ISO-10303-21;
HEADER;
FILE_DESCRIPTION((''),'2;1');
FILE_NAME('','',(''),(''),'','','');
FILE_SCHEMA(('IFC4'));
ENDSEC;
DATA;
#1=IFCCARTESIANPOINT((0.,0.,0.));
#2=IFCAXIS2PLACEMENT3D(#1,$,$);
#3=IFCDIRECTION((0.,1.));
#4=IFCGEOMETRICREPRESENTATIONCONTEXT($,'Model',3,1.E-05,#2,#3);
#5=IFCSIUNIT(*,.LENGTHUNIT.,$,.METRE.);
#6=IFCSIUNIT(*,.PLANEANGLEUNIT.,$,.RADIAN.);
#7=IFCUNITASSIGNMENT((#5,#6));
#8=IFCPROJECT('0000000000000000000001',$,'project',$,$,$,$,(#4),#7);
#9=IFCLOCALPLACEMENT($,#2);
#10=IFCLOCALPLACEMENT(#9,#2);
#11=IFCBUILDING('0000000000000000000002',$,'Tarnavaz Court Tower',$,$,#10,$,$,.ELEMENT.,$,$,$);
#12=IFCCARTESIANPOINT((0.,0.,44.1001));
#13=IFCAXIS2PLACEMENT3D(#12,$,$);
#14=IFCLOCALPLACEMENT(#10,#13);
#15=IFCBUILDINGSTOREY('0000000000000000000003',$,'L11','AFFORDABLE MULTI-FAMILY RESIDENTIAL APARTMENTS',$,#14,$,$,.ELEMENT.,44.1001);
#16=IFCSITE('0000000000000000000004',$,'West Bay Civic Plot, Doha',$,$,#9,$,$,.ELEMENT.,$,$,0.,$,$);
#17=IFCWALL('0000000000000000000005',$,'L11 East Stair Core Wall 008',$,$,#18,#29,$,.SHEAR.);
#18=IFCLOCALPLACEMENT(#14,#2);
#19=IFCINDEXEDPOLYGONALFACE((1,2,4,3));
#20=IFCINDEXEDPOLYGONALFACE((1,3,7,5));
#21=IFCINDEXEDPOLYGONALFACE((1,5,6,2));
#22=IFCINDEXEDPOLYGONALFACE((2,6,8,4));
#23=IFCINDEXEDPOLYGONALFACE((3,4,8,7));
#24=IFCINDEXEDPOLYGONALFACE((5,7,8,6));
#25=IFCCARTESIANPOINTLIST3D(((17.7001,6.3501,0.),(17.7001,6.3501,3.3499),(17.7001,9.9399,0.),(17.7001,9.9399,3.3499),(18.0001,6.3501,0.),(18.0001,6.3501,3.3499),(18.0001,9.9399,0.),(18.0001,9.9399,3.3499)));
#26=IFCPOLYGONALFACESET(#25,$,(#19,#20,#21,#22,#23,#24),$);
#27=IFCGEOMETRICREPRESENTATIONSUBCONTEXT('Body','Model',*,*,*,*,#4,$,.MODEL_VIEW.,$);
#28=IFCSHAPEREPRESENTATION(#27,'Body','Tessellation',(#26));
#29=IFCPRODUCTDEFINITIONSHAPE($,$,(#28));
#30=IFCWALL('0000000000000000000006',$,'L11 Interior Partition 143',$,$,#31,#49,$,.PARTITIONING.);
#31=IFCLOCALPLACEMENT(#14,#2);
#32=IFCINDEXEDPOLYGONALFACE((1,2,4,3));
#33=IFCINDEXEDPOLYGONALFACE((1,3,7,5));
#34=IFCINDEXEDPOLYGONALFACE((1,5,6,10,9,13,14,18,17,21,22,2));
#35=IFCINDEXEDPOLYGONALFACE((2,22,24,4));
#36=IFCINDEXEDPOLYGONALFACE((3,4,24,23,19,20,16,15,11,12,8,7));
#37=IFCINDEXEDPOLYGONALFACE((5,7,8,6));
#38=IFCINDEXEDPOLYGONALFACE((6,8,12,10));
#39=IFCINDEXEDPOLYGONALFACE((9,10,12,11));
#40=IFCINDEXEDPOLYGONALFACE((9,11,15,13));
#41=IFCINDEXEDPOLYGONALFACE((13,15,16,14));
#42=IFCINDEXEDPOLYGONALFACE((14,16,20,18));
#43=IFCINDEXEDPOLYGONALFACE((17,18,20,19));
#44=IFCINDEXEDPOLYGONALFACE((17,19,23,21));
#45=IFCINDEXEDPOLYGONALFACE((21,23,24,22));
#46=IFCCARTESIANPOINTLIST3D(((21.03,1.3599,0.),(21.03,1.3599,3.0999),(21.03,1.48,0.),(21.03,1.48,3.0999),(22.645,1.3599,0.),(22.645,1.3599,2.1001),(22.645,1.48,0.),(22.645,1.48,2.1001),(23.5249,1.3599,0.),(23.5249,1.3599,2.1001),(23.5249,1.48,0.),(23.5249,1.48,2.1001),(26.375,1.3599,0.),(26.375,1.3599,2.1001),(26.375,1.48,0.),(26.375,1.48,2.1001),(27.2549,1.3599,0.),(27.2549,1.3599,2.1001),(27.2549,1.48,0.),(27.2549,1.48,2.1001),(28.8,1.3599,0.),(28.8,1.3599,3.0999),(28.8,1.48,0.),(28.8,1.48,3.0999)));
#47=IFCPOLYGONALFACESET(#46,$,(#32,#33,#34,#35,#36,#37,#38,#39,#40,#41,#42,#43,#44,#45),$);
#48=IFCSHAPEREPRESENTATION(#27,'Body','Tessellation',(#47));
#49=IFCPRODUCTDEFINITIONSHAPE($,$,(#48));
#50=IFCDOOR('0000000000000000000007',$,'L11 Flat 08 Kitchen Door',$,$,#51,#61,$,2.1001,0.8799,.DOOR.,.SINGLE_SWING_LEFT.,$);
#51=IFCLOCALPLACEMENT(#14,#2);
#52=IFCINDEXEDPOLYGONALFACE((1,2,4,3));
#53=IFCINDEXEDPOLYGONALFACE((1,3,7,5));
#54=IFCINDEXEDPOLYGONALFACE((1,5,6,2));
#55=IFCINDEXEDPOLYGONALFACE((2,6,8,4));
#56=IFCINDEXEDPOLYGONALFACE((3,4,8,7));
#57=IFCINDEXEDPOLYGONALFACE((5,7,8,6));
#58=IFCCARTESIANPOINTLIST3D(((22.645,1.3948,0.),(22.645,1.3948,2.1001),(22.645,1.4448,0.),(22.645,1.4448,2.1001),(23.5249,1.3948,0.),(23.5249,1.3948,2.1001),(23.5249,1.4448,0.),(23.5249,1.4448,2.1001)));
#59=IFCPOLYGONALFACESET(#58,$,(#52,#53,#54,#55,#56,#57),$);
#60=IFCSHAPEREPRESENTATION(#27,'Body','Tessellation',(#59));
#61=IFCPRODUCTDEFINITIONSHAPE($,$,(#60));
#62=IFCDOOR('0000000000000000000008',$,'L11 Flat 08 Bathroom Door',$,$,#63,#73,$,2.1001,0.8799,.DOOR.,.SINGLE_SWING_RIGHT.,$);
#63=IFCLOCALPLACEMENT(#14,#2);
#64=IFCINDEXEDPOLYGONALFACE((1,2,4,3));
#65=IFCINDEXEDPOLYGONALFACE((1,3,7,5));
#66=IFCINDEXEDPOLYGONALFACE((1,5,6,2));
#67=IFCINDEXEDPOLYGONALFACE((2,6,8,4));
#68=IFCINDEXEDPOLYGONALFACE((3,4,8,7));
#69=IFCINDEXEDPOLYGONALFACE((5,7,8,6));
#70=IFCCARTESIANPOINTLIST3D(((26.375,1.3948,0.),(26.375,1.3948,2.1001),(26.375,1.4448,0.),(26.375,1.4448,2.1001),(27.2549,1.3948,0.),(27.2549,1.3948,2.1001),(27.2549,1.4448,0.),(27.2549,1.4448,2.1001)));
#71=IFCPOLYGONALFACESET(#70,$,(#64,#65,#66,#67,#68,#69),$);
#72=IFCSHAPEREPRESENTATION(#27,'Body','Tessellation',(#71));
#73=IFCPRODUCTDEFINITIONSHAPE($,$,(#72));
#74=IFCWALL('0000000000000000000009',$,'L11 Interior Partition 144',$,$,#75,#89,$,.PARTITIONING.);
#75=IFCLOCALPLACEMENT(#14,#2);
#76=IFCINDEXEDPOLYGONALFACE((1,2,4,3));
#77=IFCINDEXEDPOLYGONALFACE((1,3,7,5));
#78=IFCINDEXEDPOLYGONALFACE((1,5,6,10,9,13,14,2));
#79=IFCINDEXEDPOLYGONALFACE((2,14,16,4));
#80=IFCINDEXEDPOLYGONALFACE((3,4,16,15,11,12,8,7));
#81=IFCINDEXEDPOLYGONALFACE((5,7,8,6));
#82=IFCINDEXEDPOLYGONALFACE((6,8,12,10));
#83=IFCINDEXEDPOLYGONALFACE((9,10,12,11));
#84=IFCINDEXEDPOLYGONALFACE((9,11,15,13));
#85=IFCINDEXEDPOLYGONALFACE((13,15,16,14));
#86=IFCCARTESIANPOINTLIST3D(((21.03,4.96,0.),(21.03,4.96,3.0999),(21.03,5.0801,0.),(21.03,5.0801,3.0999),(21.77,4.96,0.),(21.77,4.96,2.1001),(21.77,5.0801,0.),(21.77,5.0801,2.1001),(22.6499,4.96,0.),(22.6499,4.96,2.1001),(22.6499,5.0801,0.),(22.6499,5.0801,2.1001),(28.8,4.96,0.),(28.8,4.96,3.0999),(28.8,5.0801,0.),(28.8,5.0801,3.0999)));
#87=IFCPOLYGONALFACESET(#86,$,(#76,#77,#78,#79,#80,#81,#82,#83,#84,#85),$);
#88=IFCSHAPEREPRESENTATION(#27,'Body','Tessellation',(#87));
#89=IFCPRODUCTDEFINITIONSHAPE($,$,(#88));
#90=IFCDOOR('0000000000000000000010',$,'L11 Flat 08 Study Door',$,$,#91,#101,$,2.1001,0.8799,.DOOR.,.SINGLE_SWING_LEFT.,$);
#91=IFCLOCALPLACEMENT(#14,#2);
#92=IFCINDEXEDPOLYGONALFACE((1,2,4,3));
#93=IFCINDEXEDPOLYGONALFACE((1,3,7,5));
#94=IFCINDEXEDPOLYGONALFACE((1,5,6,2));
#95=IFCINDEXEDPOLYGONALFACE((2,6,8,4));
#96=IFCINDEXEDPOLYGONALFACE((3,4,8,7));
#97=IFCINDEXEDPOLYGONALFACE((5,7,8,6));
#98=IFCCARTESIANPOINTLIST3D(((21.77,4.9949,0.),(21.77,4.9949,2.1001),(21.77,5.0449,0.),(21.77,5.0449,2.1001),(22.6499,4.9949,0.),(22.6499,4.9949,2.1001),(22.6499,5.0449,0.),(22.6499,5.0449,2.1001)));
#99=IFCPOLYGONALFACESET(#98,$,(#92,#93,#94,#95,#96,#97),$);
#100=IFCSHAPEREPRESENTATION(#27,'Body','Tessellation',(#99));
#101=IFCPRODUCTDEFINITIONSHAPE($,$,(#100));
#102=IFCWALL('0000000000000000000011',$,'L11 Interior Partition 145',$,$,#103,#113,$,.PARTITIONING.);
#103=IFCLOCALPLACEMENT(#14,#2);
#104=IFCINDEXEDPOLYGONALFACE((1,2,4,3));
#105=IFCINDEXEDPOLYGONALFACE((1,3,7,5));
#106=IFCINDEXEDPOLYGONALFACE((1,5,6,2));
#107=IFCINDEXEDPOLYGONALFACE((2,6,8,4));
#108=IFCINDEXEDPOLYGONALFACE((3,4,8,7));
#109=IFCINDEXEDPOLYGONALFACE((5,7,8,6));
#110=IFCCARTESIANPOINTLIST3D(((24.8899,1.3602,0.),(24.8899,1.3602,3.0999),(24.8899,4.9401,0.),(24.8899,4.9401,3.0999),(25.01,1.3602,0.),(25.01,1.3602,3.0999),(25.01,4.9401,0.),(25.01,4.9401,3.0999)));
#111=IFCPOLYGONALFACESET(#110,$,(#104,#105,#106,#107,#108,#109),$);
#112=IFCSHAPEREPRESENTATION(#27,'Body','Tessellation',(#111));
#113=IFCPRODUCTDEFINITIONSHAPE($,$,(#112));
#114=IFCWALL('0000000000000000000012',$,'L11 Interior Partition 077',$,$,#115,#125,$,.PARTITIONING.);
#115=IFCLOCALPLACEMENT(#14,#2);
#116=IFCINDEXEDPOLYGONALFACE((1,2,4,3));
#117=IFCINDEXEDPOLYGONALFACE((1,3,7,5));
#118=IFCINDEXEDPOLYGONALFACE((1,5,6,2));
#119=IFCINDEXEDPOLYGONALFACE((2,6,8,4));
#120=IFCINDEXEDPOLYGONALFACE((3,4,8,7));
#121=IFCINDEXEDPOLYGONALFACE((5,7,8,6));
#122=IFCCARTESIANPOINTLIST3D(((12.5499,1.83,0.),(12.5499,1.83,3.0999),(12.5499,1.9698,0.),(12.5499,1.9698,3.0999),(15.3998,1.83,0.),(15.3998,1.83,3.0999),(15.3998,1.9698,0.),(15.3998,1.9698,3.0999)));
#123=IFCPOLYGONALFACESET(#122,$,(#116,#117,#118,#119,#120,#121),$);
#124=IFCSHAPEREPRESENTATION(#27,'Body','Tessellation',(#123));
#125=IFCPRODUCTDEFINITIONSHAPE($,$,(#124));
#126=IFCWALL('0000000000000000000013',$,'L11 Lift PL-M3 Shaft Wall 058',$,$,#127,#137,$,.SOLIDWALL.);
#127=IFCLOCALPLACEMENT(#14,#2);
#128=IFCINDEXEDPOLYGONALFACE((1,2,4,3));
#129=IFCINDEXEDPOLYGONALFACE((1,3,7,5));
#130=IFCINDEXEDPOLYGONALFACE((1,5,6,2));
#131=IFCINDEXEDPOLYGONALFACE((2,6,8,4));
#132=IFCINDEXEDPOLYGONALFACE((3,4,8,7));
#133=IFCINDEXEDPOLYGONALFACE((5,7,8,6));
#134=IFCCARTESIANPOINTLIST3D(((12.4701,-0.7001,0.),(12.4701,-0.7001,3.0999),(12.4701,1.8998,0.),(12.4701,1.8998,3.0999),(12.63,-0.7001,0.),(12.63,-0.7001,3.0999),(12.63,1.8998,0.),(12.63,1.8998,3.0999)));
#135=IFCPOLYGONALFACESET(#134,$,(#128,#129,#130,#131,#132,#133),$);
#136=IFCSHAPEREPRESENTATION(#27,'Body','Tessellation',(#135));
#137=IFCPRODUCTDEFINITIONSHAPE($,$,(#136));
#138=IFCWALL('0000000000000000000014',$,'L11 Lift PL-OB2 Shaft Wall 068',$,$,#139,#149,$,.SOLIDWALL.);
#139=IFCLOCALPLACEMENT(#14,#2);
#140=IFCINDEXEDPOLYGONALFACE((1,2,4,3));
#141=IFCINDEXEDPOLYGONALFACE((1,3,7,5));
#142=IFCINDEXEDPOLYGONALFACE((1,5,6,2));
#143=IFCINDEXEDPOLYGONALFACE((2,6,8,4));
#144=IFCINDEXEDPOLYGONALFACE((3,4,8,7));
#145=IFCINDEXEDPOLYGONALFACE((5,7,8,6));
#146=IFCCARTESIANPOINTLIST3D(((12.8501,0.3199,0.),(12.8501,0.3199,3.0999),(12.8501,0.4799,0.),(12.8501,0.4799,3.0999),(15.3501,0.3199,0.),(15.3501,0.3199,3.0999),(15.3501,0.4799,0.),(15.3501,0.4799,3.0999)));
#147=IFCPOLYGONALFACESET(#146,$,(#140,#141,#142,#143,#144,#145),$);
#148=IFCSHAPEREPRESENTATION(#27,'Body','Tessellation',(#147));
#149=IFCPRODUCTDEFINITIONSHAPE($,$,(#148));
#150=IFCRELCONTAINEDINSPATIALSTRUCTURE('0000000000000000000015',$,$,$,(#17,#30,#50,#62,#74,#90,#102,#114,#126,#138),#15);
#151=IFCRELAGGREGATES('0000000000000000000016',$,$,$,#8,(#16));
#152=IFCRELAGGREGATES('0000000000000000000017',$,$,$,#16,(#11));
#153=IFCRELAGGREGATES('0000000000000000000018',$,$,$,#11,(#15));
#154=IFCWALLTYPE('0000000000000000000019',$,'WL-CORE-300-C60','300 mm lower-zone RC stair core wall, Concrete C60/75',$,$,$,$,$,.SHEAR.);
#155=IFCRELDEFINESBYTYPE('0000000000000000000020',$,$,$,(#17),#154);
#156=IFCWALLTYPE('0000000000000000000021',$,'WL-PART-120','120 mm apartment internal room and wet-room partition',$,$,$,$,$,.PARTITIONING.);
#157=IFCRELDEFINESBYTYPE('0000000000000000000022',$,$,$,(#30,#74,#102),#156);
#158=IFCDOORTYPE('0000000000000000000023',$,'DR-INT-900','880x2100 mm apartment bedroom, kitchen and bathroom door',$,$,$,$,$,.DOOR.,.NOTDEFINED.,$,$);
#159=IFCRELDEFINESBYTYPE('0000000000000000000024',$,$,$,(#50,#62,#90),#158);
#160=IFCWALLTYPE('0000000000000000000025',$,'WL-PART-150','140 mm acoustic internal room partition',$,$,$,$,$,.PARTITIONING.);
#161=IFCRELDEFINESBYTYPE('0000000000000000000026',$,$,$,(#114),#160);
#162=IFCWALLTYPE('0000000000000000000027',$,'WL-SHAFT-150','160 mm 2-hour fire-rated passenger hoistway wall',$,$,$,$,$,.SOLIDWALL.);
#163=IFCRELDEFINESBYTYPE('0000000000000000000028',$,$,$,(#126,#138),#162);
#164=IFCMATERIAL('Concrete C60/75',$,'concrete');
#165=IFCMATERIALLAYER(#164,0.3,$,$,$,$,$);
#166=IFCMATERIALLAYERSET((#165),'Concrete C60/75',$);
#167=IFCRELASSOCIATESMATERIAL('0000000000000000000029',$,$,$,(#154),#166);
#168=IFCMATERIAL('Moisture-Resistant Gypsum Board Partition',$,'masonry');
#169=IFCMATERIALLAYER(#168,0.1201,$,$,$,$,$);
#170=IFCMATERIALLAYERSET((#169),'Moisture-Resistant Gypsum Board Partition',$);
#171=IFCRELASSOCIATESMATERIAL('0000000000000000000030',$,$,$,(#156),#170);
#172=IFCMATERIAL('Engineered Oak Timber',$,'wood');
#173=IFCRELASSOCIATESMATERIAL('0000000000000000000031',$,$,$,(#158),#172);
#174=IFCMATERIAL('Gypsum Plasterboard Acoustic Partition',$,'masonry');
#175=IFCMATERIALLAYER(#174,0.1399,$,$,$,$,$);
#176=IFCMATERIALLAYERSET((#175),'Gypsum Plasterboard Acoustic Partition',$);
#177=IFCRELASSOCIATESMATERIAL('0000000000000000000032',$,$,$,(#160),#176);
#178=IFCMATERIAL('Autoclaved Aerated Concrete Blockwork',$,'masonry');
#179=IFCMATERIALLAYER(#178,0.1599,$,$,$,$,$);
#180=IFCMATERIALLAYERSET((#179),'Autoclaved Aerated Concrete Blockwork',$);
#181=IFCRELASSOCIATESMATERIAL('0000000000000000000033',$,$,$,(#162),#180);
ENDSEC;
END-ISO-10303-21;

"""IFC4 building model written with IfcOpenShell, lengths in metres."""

from ifc_helpers import new_model, si_unit, direction, frame, frame_2d, origin, place, context, subcontext, project, spatial, rectangle, extrude, material, layer, layer_set, type_object, element, fill, save


model = new_model("IFC4")

# Units and contexts
model_context = context("Model", 3, precision=1e-05, world=origin(), true_north=direction((0.0, 1.0)))
body_context = subcontext(model_context, "Body", "Model", "MODEL_VIEW")
ifc_project = project(units=[si_unit("LENGTHUNIT", "METRE"), si_unit("PLANEANGLEUNIT", "RADIAN")], contexts=[model_context])

# Site, building, storey
site_placement = place(None, origin())
site = spatial("IfcSite", under=ifc_project, at=site_placement, Name="West Bay Civic Plot, Doha", CompositionType="ELEMENT", RefElevation=0.0)
building_placement = place(site_placement, origin())
building = spatial("IfcBuilding", under=site, at=building_placement, Name="Tarnavaz Court Tower", CompositionType="ELEMENT")
storey_placement = place(building_placement, frame((0.0, 0.0, 44.1001)))
storey = spatial("IfcBuildingStorey", under=building, at=storey_placement, Name="L11", Description="AFFORDABLE MULTI-FAMILY RESIDENTIAL APARTMENTS", CompositionType="ELEMENT", Elevation=44.1001)

# Shared definitions
ifc_material_1 = material(Name="Concrete C60/75", Category="concrete")

# Wall
ifc_layer_1 = layer(ifc_material_1, 0.3)
ifc_layer_set_1 = layer_set([ifc_layer_1], Name="Concrete C60/75")
wall_type_1 = type_object("IfcWallType", Name="WL-CORE-300-C60", Description="300 mm lower-zone RC stair core wall, Concrete C60/75", PredefinedType="SHEAR", material=ifc_layer_set_1)
wall_1_placement = place(storey_placement, frame((17.8501, 6.3501, 0.0), z_axis=(0.0, 0.0, 1.0), x_axis=(0.0, 1.0, 0.0)))
element("IfcWall", 1, at=wall_1_placement, inside=storey, type_object=wall_type_1, Name="L11 East Stair Core Wall 008", PredefinedType="SHEAR", context=body_context, shape_type="SweptSolid", body=[
    extrude(rectangle(XDim=3.5898, YDim=0.3, at=frame_2d((1.7949, 0.0))), origin(), (0.0, 0.0, 1.0), 3.3499),
])

# Wall, openings, doors
ifc_material_2 = material(Name="Moisture-Resistant Gypsum Board Partition", Category="masonry")
ifc_layer_2 = layer(ifc_material_2, 0.1201)
ifc_layer_set_2 = layer_set([ifc_layer_2], Name="Moisture-Resistant Gypsum Board Partition")
wall_type_2 = type_object("IfcWallType", Name="WL-PART-120", Description="120 mm apartment internal room and wet-room partition", PredefinedType="PARTITIONING", material=ifc_layer_set_2)
wall_2_placement = place(storey_placement, frame((21.03, 1.4199, 0.0), z_axis=(0.0, 0.0, 1.0), x_axis=(1.0, 0.0, 0.0)))
wall_2 = element("IfcWall", 2, at=wall_2_placement, inside=storey, type_object=wall_type_2, Name="L11 Interior Partition 143", PredefinedType="PARTITIONING", context=body_context, shape_type="SweptSolid", body=[
    extrude(rectangle(XDim=7.77, YDim=0.1201, at=frame_2d((3.885, 0.0))), origin(), (0.0, 0.0, 1.0), 3.0999),
])
opening_1_placement = place(wall_2_placement, frame((1.615, 0.0, 0.0)))
opening_1 = element("IfcOpeningElement", 3, at=opening_1_placement, cuts=wall_2, PredefinedType="OPENING", context=body_context, shape_type="SweptSolid", body=[
    extrude(rectangle(XDim=0.8799, YDim=2.1001, at=frame_2d((0.4399, 1.05))), frame((0.0, 0.0701, 0.0), z_axis=(0.0, -1.0, 0.0), x_axis=(1.0, 0.0, 0.0)), (0.0, 0.0, 1.0), 0.1401),
])
opening_2_placement = place(wall_2_placement, frame((5.345, 0.0, 0.0)))
opening_2 = element("IfcOpeningElement", 4, at=opening_2_placement, cuts=wall_2, PredefinedType="OPENING", context=body_context, shape_type="SweptSolid", body=[
    extrude(rectangle(XDim=0.8799, YDim=2.1001, at=frame_2d((0.4399, 1.05))), frame((0.0, 0.0701, 0.0), z_axis=(0.0, -1.0, 0.0), x_axis=(1.0, 0.0, 0.0)), (0.0, 0.0, 1.0), 0.1401),
])
ifc_material_3 = material(Name="Engineered Oak Timber", Category="wood")
door_type_1 = type_object("IfcDoorType", Name="DR-INT-900", Description="880x2100 mm apartment bedroom, kitchen and bathroom door", OperationType="NOTDEFINED", PredefinedType="DOOR", material=ifc_material_3)
door_1_placement = place(opening_1_placement, origin())
door_1 = element("IfcDoor", 5, at=door_1_placement, inside=storey, type_object=door_type_1, Name="L11 Flat 08 Kitchen Door", OperationType="SINGLE_SWING_LEFT", OverallHeight=2.1001, OverallWidth=0.8799, PredefinedType="DOOR", context=body_context, shape_type="SweptSolid", body=[
    extrude(rectangle(XDim=0.8799, YDim=2.1001, at=frame_2d((0.4399, 1.05))), frame((0.0, 0.0249, 0.0), z_axis=(0.0, -1.0, 0.0), x_axis=(1.0, 0.0, 0.0)), (0.0, 0.0, 1.0), 0.05),
])
fill(opening_1, door_1)
door_2_placement = place(opening_2_placement, origin())
door_2 = element("IfcDoor", 6, at=door_2_placement, inside=storey, type_object=door_type_1, Name="L11 Flat 08 Bathroom Door", OperationType="SINGLE_SWING_RIGHT", OverallHeight=2.1001, OverallWidth=0.8799, PredefinedType="DOOR", context=body_context, shape_type="SweptSolid", body=[
    extrude(rectangle(XDim=0.8799, YDim=2.1001, at=frame_2d((0.4399, 1.05))), frame((0.0, 0.0249, 0.0), z_axis=(0.0, -1.0, 0.0), x_axis=(1.0, 0.0, 0.0)), (0.0, 0.0, 1.0), 0.05),
])
fill(opening_2, door_2)

# Wall, opening, door
wall_3_placement = place(storey_placement, frame((21.03, 5.02, 0.0), z_axis=(0.0, 0.0, 1.0), x_axis=(1.0, 0.0, 0.0)))
wall_3 = element("IfcWall", 7, at=wall_3_placement, inside=storey, type_object=wall_type_2, Name="L11 Interior Partition 144", PredefinedType="PARTITIONING", context=body_context, shape_type="SweptSolid", body=[
    extrude(rectangle(XDim=7.77, YDim=0.1201, at=frame_2d((3.885, 0.0))), origin(), (0.0, 0.0, 1.0), 3.0999),
])
opening_3_placement = place(wall_3_placement, frame((0.74, 0.0, 0.0)))
opening_3 = element("IfcOpeningElement", 8, at=opening_3_placement, cuts=wall_3, PredefinedType="OPENING", context=body_context, shape_type="SweptSolid", body=[
    extrude(rectangle(XDim=0.8799, YDim=2.1001, at=frame_2d((0.4399, 1.05))), frame((0.0, 0.0701, 0.0), z_axis=(0.0, -1.0, 0.0), x_axis=(1.0, 0.0, 0.0)), (0.0, 0.0, 1.0), 0.1401),
])
door_3_placement = place(opening_3_placement, origin())
door_3 = element("IfcDoor", 9, at=door_3_placement, inside=storey, type_object=door_type_1, Name="L11 Flat 08 Study Door", OperationType="SINGLE_SWING_LEFT", OverallHeight=2.1001, OverallWidth=0.8799, PredefinedType="DOOR", context=body_context, shape_type="SweptSolid", body=[
    extrude(rectangle(XDim=0.8799, YDim=2.1001, at=frame_2d((0.4399, 1.05))), frame((0.0, 0.0249, 0.0), z_axis=(0.0, -1.0, 0.0), x_axis=(1.0, 0.0, 0.0)), (0.0, 0.0, 1.0), 0.05),
])
fill(opening_3, door_3)

# Walls
wall_4_placement = place(storey_placement, frame((24.95, 1.3601, 0.0), z_axis=(0.0, 0.0, 1.0), x_axis=(0.0, 1.0, 0.0)))
element("IfcWall", 10, at=wall_4_placement, inside=storey, type_object=wall_type_2, Name="L11 Interior Partition 145", PredefinedType="PARTITIONING", context=body_context, shape_type="SweptSolid", body=[
    extrude(rectangle(XDim=3.5798, YDim=0.1201, at=frame_2d((1.79, 0.0))), origin(), (0.0, 0.0, 1.0), 3.0999),
])
ifc_material_4 = material(Name="Gypsum Plasterboard Acoustic Partition", Category="masonry")
ifc_layer_3 = layer(ifc_material_4, 0.1399)
ifc_layer_set_3 = layer_set([ifc_layer_3], Name="Gypsum Plasterboard Acoustic Partition")
wall_type_3 = type_object("IfcWallType", Name="WL-PART-150", Description="140 mm acoustic internal room partition", PredefinedType="PARTITIONING", material=ifc_layer_set_3)
wall_5_placement = place(storey_placement, frame((12.55, 1.8999, 0.0), z_axis=(0.0, 0.0, 1.0), x_axis=(1.0, 0.0, 0.0)))
element("IfcWall", 11, at=wall_5_placement, inside=storey, type_object=wall_type_3, Name="L11 Interior Partition 077", PredefinedType="PARTITIONING", context=body_context, shape_type="SweptSolid", body=[
    extrude(rectangle(XDim=2.8499, YDim=0.1399, at=frame_2d((1.4248, 0.0))), origin(), (0.0, 0.0, 1.0), 3.0999),
])
ifc_material_5 = material(Name="Autoclaved Aerated Concrete Blockwork", Category="masonry")
ifc_layer_4 = layer(ifc_material_5, 0.1599)
ifc_layer_set_4 = layer_set([ifc_layer_4], Name="Autoclaved Aerated Concrete Blockwork")
wall_type_4 = type_object("IfcWallType", Name="WL-SHAFT-150", Description="160 mm 2-hour fire-rated passenger hoistway wall", PredefinedType="SOLIDWALL", material=ifc_layer_set_4)
wall_6_placement = place(storey_placement, frame((12.55, -0.7, 0.0), z_axis=(0.0, 0.0, 1.0), x_axis=(0.0, 1.0, 0.0)))
element("IfcWall", 12, at=wall_6_placement, inside=storey, type_object=wall_type_4, Name="L11 Lift PL-M3 Shaft Wall 058", PredefinedType="SOLIDWALL", context=body_context, shape_type="SweptSolid", body=[
    extrude(rectangle(XDim=2.5999, YDim=0.1599, at=frame_2d((1.2998, 0.0))), origin(), (0.0, 0.0, 1.0), 3.0999),
])
wall_7_placement = place(storey_placement, frame((12.8501, 0.3999, 0.0), z_axis=(0.0, 0.0, 1.0), x_axis=(1.0, 0.0, 0.0)))
element("IfcWall", 13, at=wall_7_placement, inside=storey, type_object=wall_type_4, Name="L11 Lift PL-OB2 Shaft Wall 068", PredefinedType="SOLIDWALL", context=body_context, shape_type="SweptSolid", body=[
    extrude(rectangle(XDim=2.5, YDim=0.1599, at=frame_2d((1.25, 0.0))), origin(), (0.0, 0.0, 1.0), 3.0999),
])

save(model, "model.ifc")
